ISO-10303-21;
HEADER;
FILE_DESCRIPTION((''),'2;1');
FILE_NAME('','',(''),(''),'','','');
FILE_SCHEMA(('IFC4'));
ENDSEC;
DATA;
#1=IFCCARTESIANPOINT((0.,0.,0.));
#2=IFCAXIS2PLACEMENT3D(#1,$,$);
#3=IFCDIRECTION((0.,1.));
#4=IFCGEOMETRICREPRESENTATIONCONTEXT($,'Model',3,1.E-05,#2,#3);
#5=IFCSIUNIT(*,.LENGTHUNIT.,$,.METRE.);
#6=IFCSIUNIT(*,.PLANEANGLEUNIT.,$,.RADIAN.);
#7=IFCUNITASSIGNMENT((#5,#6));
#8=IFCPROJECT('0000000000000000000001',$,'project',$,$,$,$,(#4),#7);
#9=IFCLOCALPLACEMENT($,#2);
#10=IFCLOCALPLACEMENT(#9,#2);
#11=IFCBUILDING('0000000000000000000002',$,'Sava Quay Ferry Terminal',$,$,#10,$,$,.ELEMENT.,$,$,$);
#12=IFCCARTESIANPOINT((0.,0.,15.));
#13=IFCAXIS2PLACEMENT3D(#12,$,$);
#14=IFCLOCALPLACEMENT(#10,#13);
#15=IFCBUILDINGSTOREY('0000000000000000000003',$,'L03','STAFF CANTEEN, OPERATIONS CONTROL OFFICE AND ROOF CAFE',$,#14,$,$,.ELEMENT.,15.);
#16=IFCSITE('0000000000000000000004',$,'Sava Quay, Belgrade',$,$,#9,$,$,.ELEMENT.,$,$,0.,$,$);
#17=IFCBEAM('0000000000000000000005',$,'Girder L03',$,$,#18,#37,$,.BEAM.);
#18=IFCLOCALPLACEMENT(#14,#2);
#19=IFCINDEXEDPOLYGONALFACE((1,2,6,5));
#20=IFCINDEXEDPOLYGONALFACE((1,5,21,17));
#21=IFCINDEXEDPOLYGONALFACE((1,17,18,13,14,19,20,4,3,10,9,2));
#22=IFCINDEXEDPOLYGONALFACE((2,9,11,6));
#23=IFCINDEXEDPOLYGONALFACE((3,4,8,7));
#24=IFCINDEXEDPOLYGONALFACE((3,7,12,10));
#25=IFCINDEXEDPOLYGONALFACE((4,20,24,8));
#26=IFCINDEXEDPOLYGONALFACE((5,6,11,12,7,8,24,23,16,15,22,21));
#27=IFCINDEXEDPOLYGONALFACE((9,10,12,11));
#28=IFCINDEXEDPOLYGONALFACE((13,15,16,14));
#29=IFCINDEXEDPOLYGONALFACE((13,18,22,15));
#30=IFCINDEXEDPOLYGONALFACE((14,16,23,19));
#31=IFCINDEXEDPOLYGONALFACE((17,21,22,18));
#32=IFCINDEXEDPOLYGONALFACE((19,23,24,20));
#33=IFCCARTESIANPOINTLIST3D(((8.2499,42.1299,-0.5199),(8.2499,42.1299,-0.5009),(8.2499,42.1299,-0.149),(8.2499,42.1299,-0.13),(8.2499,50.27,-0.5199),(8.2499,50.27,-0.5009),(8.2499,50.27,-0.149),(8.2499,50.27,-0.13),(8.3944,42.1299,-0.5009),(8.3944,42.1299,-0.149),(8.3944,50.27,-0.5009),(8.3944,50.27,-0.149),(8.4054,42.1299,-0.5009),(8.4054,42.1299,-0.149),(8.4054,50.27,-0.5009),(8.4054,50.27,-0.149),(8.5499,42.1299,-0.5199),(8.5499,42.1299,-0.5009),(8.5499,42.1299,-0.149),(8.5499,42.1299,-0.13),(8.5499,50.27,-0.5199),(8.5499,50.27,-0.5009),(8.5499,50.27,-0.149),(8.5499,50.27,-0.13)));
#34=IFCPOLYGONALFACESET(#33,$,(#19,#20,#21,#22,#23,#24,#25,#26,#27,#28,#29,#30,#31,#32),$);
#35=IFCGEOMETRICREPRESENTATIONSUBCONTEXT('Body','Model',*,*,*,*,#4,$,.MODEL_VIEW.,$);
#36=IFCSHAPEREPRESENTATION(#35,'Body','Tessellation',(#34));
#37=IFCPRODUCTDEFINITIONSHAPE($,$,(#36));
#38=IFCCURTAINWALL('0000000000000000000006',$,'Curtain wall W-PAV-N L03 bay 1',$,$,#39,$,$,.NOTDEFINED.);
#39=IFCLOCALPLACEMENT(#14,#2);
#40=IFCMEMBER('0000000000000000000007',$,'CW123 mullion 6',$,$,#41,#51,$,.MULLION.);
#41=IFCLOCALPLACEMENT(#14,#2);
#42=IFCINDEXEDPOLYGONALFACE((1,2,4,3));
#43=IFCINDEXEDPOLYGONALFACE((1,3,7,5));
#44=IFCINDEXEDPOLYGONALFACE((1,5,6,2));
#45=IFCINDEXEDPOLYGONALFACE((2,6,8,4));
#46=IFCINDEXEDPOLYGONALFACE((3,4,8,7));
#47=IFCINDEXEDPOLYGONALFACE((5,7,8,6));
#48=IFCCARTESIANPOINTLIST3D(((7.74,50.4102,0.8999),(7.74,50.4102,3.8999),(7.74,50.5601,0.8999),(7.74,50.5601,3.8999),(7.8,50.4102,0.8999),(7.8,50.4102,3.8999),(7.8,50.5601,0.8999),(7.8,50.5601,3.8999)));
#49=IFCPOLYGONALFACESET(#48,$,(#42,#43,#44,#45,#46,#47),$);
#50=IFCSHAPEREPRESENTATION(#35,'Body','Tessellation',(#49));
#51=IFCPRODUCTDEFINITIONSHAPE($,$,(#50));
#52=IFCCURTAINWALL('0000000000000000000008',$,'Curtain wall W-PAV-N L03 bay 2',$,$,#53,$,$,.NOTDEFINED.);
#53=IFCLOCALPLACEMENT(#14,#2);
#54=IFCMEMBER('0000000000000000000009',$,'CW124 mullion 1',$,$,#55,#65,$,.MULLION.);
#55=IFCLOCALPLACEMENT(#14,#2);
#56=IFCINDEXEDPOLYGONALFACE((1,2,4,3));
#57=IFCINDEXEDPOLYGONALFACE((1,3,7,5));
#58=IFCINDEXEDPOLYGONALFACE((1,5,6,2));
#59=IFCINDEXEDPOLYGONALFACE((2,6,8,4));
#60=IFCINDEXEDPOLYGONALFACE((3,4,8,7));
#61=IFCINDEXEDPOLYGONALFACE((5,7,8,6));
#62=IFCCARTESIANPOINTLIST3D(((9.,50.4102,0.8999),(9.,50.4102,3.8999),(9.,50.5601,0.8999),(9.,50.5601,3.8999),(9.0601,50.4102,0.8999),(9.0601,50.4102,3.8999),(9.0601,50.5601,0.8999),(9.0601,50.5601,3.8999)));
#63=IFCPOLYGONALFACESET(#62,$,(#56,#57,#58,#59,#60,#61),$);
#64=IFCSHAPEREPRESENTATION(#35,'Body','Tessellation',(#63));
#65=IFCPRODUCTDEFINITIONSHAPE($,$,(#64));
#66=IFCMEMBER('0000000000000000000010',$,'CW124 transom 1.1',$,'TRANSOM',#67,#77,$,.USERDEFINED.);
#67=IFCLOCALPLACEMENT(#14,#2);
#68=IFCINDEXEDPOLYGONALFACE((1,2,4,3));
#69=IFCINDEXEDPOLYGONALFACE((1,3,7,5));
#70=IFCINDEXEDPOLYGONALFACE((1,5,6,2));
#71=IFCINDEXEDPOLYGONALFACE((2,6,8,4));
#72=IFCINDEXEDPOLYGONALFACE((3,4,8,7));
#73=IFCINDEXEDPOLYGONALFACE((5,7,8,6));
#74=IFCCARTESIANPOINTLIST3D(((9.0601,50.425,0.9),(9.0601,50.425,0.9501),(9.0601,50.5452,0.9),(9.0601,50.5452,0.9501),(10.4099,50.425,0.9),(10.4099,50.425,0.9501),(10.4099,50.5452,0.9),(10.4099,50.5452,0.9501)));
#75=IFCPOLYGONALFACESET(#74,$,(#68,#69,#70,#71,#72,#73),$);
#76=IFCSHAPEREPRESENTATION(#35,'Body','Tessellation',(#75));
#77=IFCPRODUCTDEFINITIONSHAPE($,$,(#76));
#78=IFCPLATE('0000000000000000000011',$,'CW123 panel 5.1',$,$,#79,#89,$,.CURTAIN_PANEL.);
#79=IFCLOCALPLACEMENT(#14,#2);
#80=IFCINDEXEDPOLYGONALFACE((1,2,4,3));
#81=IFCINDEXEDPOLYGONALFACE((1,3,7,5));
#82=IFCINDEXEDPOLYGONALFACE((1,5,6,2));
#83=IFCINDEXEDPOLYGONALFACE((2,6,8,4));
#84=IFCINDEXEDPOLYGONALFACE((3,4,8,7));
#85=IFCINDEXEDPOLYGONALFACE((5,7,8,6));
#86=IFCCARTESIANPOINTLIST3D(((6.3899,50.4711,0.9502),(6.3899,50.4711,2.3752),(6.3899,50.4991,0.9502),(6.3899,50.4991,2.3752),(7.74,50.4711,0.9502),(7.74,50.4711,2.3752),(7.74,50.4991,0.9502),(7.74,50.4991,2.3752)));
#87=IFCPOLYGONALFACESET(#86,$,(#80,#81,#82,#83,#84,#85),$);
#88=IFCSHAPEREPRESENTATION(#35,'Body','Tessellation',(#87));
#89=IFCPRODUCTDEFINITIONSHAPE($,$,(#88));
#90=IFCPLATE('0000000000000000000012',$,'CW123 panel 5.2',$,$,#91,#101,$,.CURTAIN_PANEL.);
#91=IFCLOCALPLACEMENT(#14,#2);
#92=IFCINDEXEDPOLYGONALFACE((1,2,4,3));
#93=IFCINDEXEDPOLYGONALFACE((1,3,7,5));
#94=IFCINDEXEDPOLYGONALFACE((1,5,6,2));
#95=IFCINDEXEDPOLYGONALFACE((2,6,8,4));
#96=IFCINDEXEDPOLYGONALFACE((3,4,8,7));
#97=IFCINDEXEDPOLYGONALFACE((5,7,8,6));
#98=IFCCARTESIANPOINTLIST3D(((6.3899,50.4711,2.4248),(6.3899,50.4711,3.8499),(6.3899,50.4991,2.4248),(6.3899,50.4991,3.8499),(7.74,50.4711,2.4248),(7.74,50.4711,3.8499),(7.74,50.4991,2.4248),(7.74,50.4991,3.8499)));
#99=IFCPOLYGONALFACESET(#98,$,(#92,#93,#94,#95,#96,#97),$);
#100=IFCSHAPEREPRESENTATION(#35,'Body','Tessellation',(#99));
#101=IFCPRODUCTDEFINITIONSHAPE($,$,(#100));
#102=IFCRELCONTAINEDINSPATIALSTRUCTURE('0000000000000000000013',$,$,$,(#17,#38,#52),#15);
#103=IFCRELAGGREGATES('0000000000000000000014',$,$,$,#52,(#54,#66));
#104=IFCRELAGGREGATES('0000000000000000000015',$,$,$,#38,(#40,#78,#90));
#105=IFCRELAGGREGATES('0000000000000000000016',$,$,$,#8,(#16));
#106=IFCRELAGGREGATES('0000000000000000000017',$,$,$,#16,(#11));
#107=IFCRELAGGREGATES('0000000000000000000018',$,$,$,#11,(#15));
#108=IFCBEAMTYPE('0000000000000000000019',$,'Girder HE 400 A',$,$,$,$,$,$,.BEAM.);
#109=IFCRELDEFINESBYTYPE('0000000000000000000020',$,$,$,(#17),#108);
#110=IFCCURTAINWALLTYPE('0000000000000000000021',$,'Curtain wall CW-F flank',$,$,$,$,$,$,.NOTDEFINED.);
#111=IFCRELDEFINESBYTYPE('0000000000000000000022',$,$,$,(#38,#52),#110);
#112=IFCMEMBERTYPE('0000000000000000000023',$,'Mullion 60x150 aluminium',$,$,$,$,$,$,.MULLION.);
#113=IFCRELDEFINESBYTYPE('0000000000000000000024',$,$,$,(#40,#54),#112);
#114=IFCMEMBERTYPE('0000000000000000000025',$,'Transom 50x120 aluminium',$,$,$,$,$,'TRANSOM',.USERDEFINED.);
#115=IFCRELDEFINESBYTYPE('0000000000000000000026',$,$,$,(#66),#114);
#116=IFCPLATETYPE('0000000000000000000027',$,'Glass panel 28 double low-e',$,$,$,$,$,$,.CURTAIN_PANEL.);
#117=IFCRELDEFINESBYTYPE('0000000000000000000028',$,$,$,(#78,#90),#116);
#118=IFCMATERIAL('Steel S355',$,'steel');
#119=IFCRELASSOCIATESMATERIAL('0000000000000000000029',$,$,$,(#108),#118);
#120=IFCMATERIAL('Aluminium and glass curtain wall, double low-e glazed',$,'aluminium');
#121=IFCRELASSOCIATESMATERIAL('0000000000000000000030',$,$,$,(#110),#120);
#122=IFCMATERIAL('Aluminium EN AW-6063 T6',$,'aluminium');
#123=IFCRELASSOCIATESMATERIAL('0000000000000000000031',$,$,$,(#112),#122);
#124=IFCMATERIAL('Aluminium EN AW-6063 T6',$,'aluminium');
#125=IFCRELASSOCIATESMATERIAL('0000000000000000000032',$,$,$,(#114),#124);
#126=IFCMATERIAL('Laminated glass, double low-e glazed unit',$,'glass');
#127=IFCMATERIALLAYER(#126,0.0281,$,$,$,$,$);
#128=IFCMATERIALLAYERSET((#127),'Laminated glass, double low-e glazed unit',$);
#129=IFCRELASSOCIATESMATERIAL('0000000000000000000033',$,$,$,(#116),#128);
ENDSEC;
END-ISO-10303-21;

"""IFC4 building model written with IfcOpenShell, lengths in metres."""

from ifc_helpers import new_model, si_unit, direction, frame, origin, origin_2d, place, context, subcontext, project, spatial, rectangle, i_section, extrude, material, layer, layer_set, material_profile, profile_set, type_object, element, aggregate, save


model = new_model("IFC4")

# Units and contexts
model_context = context("Model", 3, precision=1e-05, world=origin(), true_north=direction((0.0, 1.0)))
body_context = subcontext(model_context, "Body", "Model", "MODEL_VIEW")
ifc_project = project(units=[si_unit("LENGTHUNIT", "METRE"), si_unit("PLANEANGLEUNIT", "RADIAN")], contexts=[model_context])

# Site, building, storey
site_placement = place(None, origin())
site = spatial("IfcSite", under=ifc_project, at=site_placement, Name="Sava Quay, Belgrade", CompositionType="ELEMENT", RefElevation=0.0)
building_placement = place(site_placement, origin())
building = spatial("IfcBuilding", under=site, at=building_placement, Name="Sava Quay Ferry Terminal", CompositionType="ELEMENT")
storey_placement = place(building_placement, frame((0.0, 0.0, 15.0)))
storey = spatial("IfcBuildingStorey", under=building, at=storey_placement, Name="L03", Description="STAFF CANTEEN, OPERATIONS CONTROL OFFICE AND ROOF CAFE", CompositionType="ELEMENT", Elevation=15.0)

# Beam
ifc_material_1 = material(Name="Steel S355", Category="steel")
ifc_material_profile_1 = material_profile(ifc_material_1, i_section(OverallWidth=0.3, OverallDepth=0.3899, WebThickness=0.011, FlangeThickness=0.019, at=origin_2d()), Name="HE 400 A")
ifc_profile_set_1 = profile_set([ifc_material_profile_1], Name="Steel S355")
beam_type_1 = type_object("IfcBeamType", Name="Girder HE 400 A", PredefinedType="BEAM", material=ifc_profile_set_1)
beam_1_placement = place(storey_placement, frame((8.3999, 42.1299, -0.325), z_axis=(0.0, 1.0, 0.0), x_axis=(-1.0, 0.0, 0.0)))
element("IfcBeam", 1, at=beam_1_placement, inside=storey, type_object=beam_type_1, Name="Girder L03", PredefinedType="BEAM", context=body_context, shape_type="SweptSolid", body=[
    extrude(i_section(OverallWidth=0.3, OverallDepth=0.3899, WebThickness=0.011, FlangeThickness=0.019, at=origin_2d()), origin(), (0.0, 0.0, 1.0), 8.1401),
])

# Curtain wall, member
ifc_material_2 = material(Name="Aluminium and glass curtain wall, double low-e glazed", Category="aluminium")
curtain_wall_type = type_object("IfcCurtainWallType", Name="Curtain wall CW-F flank", PredefinedType="NOTDEFINED", material=ifc_material_2)
curtain_wall_1_placement = place(storey_placement, origin())
curtain_wall_1 = element("IfcCurtainWall", 2, at=curtain_wall_1_placement, inside=storey, type_object=curtain_wall_type, Name="Curtain wall W-PAV-N L03 bay 1", PredefinedType="NOTDEFINED")
ifc_material_3 = material(Name="Aluminium EN AW-6063 T6", Category="aluminium")
ifc_material_profile_2 = material_profile(ifc_material_3, rectangle(XDim=0.1499, YDim=0.0601, at=origin_2d()), Name="Mullion 60x150 aluminium")
ifc_profile_set_2 = profile_set([ifc_material_profile_2], Name="Aluminium EN AW-6063 T6")
member_type_1 = type_object("IfcMemberType", Name="Mullion 60x150 aluminium", PredefinedType="MULLION", material=ifc_profile_set_2)
member_1_placement = place(storey_placement, frame((7.77, 50.4851, 0.8999), z_axis=(0.0, 0.0, 1.0), x_axis=(0.0, 1.0, 0.0)))
member_1 = element("IfcMember", 3, at=member_1_placement, type_object=member_type_1, Name="CW123 mullion 6", PredefinedType="MULLION", context=body_context, shape_type="SweptSolid", body=[
    extrude(rectangle(XDim=0.1499, YDim=0.0601, at=origin_2d()), origin(), (0.0, 0.0, 1.0), 3.0),
])

# Curtain wall, members
curtain_wall_2_placement = place(storey_placement, origin())
curtain_wall_2 = element("IfcCurtainWall", 4, at=curtain_wall_2_placement, inside=storey, type_object=curtain_wall_type, Name="Curtain wall W-PAV-N L03 bay 2", PredefinedType="NOTDEFINED")
member_2_placement = place(storey_placement, frame((9.03, 50.4851, 0.8999), z_axis=(0.0, 0.0, 1.0), x_axis=(0.0, 1.0, 0.0)))
member_2 = element("IfcMember", 5, at=member_2_placement, type_object=member_type_1, Name="CW124 mullion 1", PredefinedType="MULLION", context=body_context, shape_type="SweptSolid", body=[
    extrude(rectangle(XDim=0.1499, YDim=0.0601, at=origin_2d()), origin(), (0.0, 0.0, 1.0), 3.0),
])
ifc_material_4 = material(Name="Aluminium EN AW-6063 T6", Category="aluminium")
ifc_material_profile_3 = material_profile(ifc_material_4, rectangle(XDim=0.1201, YDim=0.05, at=origin_2d()), Name="Transom 50x120 aluminium")
ifc_profile_set_3 = profile_set([ifc_material_profile_3], Name="Aluminium EN AW-6063 T6")
member_type_2 = type_object("IfcMemberType", Name="Transom 50x120 aluminium", ElementType="TRANSOM", PredefinedType="USERDEFINED", material=ifc_profile_set_3)
member_3_placement = place(storey_placement, frame((9.0601, 50.4851, 0.925), z_axis=(1.0, 0.0, 0.0), x_axis=(0.0, 1.0, 0.0)))
member_3 = element("IfcMember", 6, at=member_3_placement, type_object=member_type_2, Name="CW124 transom 1.1", ObjectType="TRANSOM", PredefinedType="USERDEFINED", context=body_context, shape_type="SweptSolid", body=[
    extrude(rectangle(XDim=0.1201, YDim=0.05, at=origin_2d()), origin(), (0.0, 0.0, 1.0), 1.3499),
])
aggregate(curtain_wall_2, [member_2, member_3])

# Plates
ifc_material_5 = material(Name="Laminated glass, double low-e glazed unit", Category="glass")
ifc_layer_1 = layer(ifc_material_5, 0.0281)
ifc_layer_set_1 = layer_set([ifc_layer_1], Name="Laminated glass, double low-e glazed unit")
plate_type = type_object("IfcPlateType", Name="Glass panel 28 double low-e", PredefinedType="CURTAIN_PANEL", material=ifc_layer_set_1)
plate_1_placement = place(storey_placement, frame((7.0649, 50.4851, 0.9502), z_axis=(0.0, 0.0, 1.0), x_axis=(1.0, 0.0, 0.0)))
plate_1 = element("IfcPlate", 7, at=plate_1_placement, type_object=plate_type, Name="CW123 panel 5.1", PredefinedType="CURTAIN_PANEL", context=body_context, shape_type="SweptSolid", body=[
    extrude(rectangle(XDim=1.3501, YDim=0.0281, at=origin_2d()), origin(), (0.0, 0.0, 1.0), 1.425),
])
plate_2_placement = place(storey_placement, frame((7.0649, 50.4851, 2.4248), z_axis=(0.0, 0.0, 1.0), x_axis=(1.0, 0.0, 0.0)))
plate_2 = element("IfcPlate", 8, at=plate_2_placement, type_object=plate_type, Name="CW123 panel 5.2", PredefinedType="CURTAIN_PANEL", context=body_context, shape_type="SweptSolid", body=[
    extrude(rectangle(XDim=1.3501, YDim=0.0281, at=origin_2d()), origin(), (0.0, 0.0, 1.0), 1.425),
])
aggregate(curtain_wall_1, [member_1, plate_1, plate_2])

save(model, "model.ifc")
